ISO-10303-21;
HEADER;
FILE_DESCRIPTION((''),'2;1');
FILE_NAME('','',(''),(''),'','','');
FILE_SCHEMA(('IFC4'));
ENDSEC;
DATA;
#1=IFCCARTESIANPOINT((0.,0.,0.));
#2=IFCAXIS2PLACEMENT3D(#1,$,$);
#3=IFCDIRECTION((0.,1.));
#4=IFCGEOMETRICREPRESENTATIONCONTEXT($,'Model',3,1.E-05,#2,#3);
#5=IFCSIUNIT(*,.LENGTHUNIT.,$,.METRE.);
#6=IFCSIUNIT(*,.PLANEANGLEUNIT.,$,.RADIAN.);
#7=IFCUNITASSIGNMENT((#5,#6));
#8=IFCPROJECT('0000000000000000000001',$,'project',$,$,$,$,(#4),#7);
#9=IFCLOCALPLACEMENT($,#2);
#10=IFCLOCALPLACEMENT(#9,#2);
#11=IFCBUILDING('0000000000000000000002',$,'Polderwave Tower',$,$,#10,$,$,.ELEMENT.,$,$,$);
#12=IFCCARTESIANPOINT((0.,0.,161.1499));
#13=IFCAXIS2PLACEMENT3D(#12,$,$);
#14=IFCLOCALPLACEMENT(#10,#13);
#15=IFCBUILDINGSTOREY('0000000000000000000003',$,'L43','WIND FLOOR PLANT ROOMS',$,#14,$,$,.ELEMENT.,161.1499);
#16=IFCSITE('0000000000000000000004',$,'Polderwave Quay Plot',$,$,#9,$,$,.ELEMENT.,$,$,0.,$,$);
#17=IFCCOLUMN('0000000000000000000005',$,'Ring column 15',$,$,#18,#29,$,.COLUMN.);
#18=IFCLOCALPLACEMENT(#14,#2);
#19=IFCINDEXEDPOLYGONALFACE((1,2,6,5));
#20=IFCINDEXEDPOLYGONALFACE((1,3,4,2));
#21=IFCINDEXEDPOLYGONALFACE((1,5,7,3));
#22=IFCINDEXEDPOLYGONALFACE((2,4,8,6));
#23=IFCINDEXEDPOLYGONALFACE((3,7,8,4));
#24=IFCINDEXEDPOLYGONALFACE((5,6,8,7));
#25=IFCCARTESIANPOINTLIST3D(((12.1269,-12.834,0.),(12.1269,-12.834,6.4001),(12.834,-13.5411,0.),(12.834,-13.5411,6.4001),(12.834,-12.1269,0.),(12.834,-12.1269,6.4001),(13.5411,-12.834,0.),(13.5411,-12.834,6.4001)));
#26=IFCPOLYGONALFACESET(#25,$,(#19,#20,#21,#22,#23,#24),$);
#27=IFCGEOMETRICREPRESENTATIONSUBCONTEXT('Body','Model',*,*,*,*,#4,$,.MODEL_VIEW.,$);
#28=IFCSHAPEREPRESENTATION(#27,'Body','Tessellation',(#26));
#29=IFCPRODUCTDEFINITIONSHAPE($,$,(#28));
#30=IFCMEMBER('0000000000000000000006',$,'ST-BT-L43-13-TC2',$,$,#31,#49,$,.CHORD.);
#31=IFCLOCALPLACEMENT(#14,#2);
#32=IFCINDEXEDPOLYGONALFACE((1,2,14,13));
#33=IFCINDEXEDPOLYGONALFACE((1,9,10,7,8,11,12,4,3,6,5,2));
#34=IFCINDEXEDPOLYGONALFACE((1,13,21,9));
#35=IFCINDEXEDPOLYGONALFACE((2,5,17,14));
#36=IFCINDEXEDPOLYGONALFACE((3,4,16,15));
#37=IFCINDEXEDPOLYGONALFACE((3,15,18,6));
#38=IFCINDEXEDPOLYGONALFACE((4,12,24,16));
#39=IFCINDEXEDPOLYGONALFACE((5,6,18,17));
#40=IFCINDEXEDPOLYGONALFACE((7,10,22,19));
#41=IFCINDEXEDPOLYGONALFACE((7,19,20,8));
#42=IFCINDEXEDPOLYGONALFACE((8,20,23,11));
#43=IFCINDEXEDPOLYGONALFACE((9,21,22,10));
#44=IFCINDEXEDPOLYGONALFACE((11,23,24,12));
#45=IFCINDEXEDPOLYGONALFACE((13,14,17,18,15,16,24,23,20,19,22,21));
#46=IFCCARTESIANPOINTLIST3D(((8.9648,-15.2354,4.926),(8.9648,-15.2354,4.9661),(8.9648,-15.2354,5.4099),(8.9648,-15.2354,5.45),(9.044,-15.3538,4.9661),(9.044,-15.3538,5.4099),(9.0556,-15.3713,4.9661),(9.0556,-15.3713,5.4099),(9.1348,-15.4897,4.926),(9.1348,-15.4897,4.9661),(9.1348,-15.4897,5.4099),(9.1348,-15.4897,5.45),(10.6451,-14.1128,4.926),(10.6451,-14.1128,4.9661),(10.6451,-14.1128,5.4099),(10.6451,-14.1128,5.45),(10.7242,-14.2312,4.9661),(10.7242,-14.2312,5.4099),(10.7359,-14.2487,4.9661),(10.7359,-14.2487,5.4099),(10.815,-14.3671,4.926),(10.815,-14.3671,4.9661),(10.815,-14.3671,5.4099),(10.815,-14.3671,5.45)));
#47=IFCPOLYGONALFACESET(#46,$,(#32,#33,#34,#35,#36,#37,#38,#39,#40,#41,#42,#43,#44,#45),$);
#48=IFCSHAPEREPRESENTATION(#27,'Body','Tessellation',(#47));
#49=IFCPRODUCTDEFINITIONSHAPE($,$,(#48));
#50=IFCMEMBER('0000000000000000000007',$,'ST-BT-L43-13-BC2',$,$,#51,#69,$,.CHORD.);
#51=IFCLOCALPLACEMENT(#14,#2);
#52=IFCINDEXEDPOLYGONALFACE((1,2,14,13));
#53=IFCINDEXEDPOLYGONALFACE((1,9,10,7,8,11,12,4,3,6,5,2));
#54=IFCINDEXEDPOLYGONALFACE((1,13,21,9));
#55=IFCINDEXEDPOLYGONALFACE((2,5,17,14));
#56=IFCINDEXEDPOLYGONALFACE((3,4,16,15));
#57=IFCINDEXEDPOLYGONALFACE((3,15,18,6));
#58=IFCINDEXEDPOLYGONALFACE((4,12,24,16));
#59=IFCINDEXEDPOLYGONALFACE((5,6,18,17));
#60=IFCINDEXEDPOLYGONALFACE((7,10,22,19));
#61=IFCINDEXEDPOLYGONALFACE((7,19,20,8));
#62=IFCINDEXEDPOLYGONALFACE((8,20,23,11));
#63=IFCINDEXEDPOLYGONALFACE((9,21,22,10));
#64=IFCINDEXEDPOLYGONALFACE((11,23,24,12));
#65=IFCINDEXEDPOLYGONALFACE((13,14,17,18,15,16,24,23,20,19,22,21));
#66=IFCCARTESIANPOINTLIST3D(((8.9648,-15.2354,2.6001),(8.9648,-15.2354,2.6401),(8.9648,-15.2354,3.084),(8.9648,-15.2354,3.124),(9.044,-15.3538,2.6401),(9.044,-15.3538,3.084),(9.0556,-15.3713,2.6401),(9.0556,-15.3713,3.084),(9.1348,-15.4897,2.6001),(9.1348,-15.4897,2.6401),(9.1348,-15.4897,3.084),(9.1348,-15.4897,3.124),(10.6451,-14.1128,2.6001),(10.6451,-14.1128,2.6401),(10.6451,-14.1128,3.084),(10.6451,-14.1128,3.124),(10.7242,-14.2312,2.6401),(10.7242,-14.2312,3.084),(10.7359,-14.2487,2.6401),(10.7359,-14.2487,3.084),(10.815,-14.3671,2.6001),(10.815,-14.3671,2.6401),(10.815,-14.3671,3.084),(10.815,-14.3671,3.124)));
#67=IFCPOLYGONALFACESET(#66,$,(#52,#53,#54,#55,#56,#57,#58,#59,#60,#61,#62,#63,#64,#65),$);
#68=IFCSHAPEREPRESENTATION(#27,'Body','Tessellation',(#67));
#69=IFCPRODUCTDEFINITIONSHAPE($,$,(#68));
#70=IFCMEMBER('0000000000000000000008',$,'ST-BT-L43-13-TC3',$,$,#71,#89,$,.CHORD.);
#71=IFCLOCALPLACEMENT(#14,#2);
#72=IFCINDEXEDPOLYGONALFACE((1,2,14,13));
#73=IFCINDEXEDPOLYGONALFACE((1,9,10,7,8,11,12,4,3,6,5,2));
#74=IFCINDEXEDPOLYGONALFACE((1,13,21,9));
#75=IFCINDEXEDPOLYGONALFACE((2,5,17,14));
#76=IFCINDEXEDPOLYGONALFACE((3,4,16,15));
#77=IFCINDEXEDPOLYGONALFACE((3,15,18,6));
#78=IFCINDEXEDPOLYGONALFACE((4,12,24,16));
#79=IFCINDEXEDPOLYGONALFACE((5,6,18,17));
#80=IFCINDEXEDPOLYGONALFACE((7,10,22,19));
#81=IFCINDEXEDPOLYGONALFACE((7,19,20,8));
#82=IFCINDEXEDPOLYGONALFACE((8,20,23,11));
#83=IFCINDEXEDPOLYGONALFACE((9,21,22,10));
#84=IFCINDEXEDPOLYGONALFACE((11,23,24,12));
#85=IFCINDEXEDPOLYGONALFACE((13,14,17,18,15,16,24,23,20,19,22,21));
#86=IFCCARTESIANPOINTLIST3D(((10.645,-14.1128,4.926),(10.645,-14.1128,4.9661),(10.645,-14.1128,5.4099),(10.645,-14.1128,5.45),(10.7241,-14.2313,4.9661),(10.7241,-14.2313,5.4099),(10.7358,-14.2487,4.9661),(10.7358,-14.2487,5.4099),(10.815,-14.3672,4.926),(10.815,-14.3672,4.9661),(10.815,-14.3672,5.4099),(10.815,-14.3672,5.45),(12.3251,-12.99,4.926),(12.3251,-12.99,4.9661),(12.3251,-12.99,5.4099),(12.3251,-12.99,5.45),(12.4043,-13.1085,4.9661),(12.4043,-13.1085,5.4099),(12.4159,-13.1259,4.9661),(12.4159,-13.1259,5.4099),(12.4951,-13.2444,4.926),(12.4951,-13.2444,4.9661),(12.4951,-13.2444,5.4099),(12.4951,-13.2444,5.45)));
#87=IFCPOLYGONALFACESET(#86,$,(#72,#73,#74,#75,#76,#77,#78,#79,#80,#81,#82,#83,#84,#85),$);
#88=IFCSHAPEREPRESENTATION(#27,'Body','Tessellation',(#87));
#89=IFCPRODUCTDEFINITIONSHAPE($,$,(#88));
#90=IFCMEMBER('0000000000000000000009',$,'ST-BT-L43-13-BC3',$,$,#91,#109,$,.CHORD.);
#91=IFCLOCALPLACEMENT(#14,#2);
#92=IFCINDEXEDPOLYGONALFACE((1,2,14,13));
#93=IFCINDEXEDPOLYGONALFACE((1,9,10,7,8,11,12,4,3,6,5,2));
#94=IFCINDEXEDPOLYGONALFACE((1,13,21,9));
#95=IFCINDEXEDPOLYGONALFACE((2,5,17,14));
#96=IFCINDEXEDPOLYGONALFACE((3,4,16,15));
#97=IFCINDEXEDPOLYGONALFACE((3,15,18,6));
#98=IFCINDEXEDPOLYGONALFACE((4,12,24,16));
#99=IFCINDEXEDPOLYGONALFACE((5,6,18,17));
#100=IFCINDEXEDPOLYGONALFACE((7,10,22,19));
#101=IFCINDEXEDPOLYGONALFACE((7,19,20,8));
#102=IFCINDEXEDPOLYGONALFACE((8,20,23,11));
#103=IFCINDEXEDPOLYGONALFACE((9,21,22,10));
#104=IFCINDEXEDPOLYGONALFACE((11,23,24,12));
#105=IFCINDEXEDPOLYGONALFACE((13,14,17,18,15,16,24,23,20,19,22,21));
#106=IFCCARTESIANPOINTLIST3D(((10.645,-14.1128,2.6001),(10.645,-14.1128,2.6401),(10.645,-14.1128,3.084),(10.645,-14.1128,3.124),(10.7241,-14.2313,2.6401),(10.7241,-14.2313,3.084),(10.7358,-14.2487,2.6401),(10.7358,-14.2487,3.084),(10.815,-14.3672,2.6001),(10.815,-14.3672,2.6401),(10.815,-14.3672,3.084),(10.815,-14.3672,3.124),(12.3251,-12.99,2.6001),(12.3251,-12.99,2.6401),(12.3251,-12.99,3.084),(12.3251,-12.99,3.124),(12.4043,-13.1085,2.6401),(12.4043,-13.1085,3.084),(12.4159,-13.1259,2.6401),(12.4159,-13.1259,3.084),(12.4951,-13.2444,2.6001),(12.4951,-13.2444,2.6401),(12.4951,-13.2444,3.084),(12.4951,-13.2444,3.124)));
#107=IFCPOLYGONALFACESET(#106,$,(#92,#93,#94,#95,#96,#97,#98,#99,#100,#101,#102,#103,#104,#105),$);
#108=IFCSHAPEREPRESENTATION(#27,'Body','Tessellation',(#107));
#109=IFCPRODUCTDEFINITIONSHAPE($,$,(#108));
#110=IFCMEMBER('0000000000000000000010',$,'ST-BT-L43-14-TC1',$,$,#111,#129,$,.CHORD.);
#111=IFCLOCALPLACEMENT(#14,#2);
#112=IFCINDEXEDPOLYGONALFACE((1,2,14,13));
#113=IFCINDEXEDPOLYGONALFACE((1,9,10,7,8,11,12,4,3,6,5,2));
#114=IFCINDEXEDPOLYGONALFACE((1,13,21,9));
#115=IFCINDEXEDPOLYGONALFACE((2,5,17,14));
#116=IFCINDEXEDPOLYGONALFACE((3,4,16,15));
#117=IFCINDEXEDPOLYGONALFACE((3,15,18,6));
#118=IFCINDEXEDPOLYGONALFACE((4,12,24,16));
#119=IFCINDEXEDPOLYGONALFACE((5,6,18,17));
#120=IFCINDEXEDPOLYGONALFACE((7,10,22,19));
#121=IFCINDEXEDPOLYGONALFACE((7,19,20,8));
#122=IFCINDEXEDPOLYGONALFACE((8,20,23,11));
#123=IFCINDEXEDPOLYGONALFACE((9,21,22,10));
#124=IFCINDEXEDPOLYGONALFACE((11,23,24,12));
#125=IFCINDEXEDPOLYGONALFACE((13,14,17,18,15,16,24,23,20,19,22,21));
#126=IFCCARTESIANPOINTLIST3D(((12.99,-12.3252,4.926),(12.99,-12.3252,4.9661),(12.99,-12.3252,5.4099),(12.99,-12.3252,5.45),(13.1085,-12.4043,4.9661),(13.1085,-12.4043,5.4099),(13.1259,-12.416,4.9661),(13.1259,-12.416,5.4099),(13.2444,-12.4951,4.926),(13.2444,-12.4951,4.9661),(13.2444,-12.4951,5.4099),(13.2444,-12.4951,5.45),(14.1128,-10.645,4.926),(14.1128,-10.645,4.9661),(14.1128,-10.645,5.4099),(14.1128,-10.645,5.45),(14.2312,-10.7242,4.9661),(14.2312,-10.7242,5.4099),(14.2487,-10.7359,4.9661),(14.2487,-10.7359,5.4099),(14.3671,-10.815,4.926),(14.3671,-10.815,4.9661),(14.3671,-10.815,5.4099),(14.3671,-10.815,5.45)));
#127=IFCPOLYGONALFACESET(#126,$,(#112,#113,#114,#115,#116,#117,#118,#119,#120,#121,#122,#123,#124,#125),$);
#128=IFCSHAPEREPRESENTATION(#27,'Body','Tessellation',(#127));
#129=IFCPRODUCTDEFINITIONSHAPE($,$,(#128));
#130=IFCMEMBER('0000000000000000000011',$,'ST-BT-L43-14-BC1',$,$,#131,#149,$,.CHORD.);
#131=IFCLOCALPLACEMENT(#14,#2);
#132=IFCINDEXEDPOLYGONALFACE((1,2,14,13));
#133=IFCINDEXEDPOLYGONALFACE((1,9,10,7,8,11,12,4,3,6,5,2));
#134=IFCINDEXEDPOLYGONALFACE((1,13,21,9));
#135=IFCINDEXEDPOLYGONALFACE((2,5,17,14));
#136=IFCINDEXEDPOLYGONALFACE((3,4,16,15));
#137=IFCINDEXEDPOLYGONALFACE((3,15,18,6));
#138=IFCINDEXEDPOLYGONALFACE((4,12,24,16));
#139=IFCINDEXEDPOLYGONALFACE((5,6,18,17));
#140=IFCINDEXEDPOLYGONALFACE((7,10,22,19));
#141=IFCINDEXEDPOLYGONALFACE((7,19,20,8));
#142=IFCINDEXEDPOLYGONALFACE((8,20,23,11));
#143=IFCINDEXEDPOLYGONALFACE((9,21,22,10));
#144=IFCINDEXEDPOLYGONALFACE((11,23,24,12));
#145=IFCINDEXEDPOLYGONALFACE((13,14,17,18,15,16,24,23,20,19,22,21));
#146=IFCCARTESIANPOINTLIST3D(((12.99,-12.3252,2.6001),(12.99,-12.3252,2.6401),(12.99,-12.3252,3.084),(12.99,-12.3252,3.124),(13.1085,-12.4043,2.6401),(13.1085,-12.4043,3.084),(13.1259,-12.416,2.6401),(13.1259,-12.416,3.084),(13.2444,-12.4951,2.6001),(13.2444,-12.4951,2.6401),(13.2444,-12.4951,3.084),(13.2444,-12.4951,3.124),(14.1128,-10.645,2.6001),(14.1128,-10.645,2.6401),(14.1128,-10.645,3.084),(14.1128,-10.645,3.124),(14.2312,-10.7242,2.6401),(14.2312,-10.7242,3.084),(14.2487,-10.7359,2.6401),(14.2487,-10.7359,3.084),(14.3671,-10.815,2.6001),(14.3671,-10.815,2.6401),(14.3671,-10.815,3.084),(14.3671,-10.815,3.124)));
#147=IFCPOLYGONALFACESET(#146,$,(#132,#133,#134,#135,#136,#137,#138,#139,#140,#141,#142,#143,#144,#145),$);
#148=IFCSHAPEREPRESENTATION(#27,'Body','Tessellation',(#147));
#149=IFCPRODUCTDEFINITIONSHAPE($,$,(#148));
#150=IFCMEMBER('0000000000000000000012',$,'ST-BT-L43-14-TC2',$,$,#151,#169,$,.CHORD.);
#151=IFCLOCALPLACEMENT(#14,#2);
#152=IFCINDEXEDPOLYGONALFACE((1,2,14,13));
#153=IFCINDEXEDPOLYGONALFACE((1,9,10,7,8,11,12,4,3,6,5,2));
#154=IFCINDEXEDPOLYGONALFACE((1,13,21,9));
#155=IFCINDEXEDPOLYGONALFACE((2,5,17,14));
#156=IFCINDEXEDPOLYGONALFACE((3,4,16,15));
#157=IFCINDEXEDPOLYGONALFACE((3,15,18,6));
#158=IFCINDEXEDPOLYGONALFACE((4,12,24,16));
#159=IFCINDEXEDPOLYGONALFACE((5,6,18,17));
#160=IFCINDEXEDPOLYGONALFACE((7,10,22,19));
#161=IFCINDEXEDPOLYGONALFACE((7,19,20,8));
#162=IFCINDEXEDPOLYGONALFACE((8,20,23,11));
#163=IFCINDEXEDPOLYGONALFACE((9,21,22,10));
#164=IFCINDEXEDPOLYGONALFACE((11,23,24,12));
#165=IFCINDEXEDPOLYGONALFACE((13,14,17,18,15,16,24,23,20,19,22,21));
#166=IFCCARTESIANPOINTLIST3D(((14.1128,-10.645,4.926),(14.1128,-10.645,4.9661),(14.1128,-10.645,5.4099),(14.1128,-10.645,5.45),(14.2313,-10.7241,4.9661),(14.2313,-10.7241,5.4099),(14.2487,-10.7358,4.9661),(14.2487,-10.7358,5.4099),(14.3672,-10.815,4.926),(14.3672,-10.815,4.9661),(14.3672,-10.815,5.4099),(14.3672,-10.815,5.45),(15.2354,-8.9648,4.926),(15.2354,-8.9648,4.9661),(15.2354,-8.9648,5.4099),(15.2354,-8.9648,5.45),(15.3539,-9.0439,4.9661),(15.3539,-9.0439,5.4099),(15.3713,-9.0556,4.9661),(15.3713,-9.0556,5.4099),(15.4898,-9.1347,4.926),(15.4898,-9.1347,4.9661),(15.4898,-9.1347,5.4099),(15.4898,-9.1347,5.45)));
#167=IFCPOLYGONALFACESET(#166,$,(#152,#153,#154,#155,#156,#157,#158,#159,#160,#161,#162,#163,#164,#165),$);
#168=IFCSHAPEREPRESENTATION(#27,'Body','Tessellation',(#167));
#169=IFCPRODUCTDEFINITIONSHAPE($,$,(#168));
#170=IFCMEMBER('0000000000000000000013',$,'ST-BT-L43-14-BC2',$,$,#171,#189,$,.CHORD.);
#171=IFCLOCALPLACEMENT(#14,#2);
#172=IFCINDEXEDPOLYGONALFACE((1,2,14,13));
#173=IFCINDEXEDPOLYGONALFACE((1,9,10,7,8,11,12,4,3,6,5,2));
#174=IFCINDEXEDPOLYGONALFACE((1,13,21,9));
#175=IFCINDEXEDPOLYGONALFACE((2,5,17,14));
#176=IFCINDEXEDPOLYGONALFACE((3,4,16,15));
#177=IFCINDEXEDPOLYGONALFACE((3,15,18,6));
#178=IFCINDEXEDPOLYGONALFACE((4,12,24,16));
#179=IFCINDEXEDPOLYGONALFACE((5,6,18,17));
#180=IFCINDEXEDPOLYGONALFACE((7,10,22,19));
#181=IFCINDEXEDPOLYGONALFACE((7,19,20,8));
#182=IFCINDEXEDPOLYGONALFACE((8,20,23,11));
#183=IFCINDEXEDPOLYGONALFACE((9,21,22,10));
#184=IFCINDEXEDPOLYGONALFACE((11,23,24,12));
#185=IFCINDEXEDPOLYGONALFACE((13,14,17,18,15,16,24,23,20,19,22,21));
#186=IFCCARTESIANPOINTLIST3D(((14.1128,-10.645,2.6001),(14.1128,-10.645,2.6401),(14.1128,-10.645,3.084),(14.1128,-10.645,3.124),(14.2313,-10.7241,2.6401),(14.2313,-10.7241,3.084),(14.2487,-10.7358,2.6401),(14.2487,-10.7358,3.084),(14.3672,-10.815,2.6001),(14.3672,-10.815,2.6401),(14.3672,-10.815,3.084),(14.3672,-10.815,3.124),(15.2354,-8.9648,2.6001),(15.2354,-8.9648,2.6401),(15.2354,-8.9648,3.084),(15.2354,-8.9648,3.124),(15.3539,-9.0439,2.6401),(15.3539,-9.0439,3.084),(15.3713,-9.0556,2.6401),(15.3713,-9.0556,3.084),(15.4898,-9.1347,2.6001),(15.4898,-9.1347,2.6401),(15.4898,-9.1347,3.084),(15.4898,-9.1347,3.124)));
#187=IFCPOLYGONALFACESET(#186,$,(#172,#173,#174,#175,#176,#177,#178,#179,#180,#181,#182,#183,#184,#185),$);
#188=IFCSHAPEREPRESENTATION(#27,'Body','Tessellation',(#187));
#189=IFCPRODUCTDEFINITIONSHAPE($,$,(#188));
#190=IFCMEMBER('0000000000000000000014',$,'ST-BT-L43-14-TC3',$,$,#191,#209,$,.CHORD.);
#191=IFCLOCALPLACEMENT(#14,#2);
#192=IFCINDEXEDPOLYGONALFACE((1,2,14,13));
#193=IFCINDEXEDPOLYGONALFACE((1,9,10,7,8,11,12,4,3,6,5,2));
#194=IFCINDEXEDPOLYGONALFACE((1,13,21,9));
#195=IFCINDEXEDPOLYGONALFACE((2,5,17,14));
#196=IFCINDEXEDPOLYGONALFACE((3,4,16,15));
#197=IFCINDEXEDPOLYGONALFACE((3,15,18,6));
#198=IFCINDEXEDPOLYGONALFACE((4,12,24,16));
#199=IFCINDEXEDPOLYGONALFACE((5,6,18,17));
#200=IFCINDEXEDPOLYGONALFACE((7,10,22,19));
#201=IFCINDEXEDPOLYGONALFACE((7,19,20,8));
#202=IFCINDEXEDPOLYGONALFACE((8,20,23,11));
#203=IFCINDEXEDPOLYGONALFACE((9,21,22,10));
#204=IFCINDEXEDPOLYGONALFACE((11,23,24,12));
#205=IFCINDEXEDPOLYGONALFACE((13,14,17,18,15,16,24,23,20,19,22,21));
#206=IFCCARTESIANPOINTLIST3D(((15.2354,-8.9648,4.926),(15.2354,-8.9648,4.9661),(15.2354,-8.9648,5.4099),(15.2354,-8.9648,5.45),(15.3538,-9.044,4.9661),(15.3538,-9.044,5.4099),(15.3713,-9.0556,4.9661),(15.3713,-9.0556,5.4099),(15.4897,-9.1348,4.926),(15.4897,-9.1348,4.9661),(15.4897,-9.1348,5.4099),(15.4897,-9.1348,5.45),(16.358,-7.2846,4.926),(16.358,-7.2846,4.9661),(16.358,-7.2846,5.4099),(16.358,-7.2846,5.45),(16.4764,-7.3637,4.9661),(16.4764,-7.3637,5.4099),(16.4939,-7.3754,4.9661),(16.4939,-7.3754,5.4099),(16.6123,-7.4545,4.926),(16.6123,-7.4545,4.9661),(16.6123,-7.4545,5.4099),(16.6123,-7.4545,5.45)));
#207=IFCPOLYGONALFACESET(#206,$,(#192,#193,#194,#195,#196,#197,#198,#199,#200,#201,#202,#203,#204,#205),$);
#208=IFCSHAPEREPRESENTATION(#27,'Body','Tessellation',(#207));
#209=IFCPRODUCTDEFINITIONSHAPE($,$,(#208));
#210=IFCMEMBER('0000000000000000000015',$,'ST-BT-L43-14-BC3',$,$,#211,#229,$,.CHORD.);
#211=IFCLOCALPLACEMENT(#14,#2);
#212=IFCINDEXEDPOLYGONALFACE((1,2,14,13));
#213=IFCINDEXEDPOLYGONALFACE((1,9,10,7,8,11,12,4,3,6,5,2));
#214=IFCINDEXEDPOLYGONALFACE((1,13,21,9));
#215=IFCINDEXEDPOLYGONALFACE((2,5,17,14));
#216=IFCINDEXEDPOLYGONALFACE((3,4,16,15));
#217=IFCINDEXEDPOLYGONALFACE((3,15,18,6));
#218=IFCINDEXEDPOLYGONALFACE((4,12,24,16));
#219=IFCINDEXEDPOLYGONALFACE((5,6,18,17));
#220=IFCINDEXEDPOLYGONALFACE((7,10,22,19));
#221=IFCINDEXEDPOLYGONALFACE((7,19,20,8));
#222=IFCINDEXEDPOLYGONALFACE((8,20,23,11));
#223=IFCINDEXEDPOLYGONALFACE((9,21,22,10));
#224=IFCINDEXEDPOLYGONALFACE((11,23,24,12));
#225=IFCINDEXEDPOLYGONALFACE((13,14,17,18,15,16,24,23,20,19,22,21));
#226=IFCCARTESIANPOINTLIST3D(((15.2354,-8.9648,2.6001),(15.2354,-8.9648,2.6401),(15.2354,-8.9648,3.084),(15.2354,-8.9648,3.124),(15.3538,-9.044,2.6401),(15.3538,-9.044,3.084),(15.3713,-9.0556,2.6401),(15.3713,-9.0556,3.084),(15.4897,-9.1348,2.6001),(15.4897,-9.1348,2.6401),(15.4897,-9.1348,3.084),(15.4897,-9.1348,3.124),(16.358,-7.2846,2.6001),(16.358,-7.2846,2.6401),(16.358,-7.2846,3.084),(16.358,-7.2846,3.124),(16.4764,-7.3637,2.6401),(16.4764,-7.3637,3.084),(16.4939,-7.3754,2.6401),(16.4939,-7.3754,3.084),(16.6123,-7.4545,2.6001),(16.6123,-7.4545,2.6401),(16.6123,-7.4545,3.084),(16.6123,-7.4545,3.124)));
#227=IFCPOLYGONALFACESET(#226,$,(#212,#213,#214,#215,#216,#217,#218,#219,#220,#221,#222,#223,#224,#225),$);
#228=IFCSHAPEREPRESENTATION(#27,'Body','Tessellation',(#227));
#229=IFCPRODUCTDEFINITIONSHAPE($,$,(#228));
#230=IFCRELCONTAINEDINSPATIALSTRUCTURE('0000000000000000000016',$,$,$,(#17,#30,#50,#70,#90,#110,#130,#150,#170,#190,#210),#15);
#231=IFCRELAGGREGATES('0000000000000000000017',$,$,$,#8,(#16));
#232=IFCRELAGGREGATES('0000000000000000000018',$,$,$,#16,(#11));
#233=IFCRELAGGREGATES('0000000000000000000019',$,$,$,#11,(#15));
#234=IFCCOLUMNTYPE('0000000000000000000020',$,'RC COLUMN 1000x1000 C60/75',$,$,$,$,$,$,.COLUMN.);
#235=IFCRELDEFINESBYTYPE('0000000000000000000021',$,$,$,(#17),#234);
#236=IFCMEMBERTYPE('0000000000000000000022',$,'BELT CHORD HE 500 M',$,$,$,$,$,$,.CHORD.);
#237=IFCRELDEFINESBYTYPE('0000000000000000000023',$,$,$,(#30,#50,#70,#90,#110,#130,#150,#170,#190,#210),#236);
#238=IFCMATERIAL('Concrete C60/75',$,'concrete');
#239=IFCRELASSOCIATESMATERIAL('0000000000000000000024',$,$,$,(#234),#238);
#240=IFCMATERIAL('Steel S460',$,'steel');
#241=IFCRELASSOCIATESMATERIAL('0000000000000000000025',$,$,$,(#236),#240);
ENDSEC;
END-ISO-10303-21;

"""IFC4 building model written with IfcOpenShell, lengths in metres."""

from ifc_helpers import new_model, si_unit, direction, frame, origin, origin_2d, place, context, subcontext, project, spatial, rectangle, i_section, extrude, material, material_profile, profile_set, type_object, element, save


model = new_model("IFC4")

# Units and contexts
model_context = context("Model", 3, precision=1e-05, world=origin(), true_north=direction((0.0, 1.0)))
body_context = subcontext(model_context, "Body", "Model", "MODEL_VIEW")
ifc_project = project(units=[si_unit("LENGTHUNIT", "METRE"), si_unit("PLANEANGLEUNIT", "RADIAN")], contexts=[model_context])

# Site, building, storey
site_placement = place(None, origin())
site = spatial("IfcSite", under=ifc_project, at=site_placement, Name="Polderwave Quay Plot", CompositionType="ELEMENT", RefElevation=0.0)
building_placement = place(site_placement, origin())
building = spatial("IfcBuilding", under=site, at=building_placement, Name="Polderwave Tower", CompositionType="ELEMENT")
storey_placement = place(building_placement, frame((0.0, 0.0, 161.1499)))
storey = spatial("IfcBuildingStorey", under=building, at=storey_placement, Name="L43", Description="WIND FLOOR PLANT ROOMS", CompositionType="ELEMENT", Elevation=161.1499)

# Column
ifc_material_1 = material(Name="Concrete C60/75", Category="concrete")
ifc_material_profile_1 = material_profile(ifc_material_1, rectangle(XDim=1.0, YDim=1.0, at=origin_2d()), Name="RC 1000x1000")
ifc_profile_set_1 = profile_set([ifc_material_profile_1], Name="Concrete C60/75")
column_type = type_object("IfcColumnType", Name="RC COLUMN 1000x1000 C60/75", PredefinedType="COLUMN", material=ifc_profile_set_1)
column_placement = place(storey_placement, frame((12.834, -12.834, 0.0), z_axis=(0.0, 0.0, 1.0), x_axis=(0.707107, -0.707107, 0.0)))
element("IfcColumn", 1, at=column_placement, inside=storey, type_object=column_type, Name="Ring column 15", PredefinedType="COLUMN", context=body_context, shape_type="SweptSolid", body=[
    extrude(rectangle(XDim=1.0, YDim=1.0, at=origin_2d()), origin(), (0.0, 0.0, 1.0), 6.4001),
])

# Members
ifc_material_2 = material(Name="Steel S460", Category="steel")
ifc_material_profile_2 = material_profile(ifc_material_2, i_section(OverallWidth=0.3059, OverallDepth=0.5239, WebThickness=0.021, FlangeThickness=0.04, at=origin_2d()), Name="HE 500 M")
ifc_profile_set_2 = profile_set([ifc_material_profile_2], Name="Steel S460")
member_type_1 = type_object("IfcMemberType", Name="BELT CHORD HE 500 M", PredefinedType="CHORD", material=ifc_profile_set_2)
for number, where, z_axis, x_axis, name in (
    (2, (9.0498, -15.3625, 5.188), (0.831492, 0.555536, 0.0), (-0.555536, 0.831492, 0.0), "ST-BT-L43-13-TC2"),
    (3, (9.0498, -15.3625, 2.8621), (0.831492, 0.555536, 0.0), (-0.555536, 0.831492, 0.0), "ST-BT-L43-13-BC2"),
    (4, (10.73, -14.24, 5.188), (0.831436, 0.55562, 0.0), (-0.55562, 0.831436, 0.0), "ST-BT-L43-13-TC3"),
    (5, (10.73, -14.24, 2.8621), (0.831436, 0.55562, 0.0), (-0.55562, 0.831436, 0.0), "ST-BT-L43-13-BC3"),
    (6, (13.1172, -12.4102, 5.188), (0.55562, 0.831436, 0.0), (-0.831436, 0.55562, 0.0), "ST-BT-L43-14-TC1"),
    (7, (13.1172, -12.4102, 2.8621), (0.55562, 0.831436, 0.0), (-0.831436, 0.55562, 0.0), "ST-BT-L43-14-BC1"),
    (8, (14.24, -10.73, 5.188), (0.555536, 0.831492, 0.0), (-0.831492, 0.555536, 0.0), "ST-BT-L43-14-TC2"),
    (9, (14.24, -10.73, 2.8621), (0.555536, 0.831492, 0.0), (-0.831492, 0.555536, 0.0), "ST-BT-L43-14-BC2"),
    (10, (15.3625, -9.0498, 5.188), (0.555536, 0.831492, 0.0), (-0.831492, 0.555536, 0.0), "ST-BT-L43-14-TC3"),
    (11, (15.3625, -9.0498, 2.8621), (0.555536, 0.831492, 0.0), (-0.831492, 0.555536, 0.0), "ST-BT-L43-14-BC3"),
):
    element("IfcMember", number, at=place(storey_placement, frame(where, z_axis=z_axis, x_axis=x_axis)), inside=storey, type_object=member_type_1, Name=name, PredefinedType="CHORD", context=body_context, shape_type="SweptSolid", body=[
        extrude(i_section(OverallWidth=0.3059, OverallDepth=0.5239, WebThickness=0.021, FlangeThickness=0.04, at=origin_2d()), origin(), (0.0, 0.0, 1.0), 2.0208),
    ])

save(model, "model.ifc")
